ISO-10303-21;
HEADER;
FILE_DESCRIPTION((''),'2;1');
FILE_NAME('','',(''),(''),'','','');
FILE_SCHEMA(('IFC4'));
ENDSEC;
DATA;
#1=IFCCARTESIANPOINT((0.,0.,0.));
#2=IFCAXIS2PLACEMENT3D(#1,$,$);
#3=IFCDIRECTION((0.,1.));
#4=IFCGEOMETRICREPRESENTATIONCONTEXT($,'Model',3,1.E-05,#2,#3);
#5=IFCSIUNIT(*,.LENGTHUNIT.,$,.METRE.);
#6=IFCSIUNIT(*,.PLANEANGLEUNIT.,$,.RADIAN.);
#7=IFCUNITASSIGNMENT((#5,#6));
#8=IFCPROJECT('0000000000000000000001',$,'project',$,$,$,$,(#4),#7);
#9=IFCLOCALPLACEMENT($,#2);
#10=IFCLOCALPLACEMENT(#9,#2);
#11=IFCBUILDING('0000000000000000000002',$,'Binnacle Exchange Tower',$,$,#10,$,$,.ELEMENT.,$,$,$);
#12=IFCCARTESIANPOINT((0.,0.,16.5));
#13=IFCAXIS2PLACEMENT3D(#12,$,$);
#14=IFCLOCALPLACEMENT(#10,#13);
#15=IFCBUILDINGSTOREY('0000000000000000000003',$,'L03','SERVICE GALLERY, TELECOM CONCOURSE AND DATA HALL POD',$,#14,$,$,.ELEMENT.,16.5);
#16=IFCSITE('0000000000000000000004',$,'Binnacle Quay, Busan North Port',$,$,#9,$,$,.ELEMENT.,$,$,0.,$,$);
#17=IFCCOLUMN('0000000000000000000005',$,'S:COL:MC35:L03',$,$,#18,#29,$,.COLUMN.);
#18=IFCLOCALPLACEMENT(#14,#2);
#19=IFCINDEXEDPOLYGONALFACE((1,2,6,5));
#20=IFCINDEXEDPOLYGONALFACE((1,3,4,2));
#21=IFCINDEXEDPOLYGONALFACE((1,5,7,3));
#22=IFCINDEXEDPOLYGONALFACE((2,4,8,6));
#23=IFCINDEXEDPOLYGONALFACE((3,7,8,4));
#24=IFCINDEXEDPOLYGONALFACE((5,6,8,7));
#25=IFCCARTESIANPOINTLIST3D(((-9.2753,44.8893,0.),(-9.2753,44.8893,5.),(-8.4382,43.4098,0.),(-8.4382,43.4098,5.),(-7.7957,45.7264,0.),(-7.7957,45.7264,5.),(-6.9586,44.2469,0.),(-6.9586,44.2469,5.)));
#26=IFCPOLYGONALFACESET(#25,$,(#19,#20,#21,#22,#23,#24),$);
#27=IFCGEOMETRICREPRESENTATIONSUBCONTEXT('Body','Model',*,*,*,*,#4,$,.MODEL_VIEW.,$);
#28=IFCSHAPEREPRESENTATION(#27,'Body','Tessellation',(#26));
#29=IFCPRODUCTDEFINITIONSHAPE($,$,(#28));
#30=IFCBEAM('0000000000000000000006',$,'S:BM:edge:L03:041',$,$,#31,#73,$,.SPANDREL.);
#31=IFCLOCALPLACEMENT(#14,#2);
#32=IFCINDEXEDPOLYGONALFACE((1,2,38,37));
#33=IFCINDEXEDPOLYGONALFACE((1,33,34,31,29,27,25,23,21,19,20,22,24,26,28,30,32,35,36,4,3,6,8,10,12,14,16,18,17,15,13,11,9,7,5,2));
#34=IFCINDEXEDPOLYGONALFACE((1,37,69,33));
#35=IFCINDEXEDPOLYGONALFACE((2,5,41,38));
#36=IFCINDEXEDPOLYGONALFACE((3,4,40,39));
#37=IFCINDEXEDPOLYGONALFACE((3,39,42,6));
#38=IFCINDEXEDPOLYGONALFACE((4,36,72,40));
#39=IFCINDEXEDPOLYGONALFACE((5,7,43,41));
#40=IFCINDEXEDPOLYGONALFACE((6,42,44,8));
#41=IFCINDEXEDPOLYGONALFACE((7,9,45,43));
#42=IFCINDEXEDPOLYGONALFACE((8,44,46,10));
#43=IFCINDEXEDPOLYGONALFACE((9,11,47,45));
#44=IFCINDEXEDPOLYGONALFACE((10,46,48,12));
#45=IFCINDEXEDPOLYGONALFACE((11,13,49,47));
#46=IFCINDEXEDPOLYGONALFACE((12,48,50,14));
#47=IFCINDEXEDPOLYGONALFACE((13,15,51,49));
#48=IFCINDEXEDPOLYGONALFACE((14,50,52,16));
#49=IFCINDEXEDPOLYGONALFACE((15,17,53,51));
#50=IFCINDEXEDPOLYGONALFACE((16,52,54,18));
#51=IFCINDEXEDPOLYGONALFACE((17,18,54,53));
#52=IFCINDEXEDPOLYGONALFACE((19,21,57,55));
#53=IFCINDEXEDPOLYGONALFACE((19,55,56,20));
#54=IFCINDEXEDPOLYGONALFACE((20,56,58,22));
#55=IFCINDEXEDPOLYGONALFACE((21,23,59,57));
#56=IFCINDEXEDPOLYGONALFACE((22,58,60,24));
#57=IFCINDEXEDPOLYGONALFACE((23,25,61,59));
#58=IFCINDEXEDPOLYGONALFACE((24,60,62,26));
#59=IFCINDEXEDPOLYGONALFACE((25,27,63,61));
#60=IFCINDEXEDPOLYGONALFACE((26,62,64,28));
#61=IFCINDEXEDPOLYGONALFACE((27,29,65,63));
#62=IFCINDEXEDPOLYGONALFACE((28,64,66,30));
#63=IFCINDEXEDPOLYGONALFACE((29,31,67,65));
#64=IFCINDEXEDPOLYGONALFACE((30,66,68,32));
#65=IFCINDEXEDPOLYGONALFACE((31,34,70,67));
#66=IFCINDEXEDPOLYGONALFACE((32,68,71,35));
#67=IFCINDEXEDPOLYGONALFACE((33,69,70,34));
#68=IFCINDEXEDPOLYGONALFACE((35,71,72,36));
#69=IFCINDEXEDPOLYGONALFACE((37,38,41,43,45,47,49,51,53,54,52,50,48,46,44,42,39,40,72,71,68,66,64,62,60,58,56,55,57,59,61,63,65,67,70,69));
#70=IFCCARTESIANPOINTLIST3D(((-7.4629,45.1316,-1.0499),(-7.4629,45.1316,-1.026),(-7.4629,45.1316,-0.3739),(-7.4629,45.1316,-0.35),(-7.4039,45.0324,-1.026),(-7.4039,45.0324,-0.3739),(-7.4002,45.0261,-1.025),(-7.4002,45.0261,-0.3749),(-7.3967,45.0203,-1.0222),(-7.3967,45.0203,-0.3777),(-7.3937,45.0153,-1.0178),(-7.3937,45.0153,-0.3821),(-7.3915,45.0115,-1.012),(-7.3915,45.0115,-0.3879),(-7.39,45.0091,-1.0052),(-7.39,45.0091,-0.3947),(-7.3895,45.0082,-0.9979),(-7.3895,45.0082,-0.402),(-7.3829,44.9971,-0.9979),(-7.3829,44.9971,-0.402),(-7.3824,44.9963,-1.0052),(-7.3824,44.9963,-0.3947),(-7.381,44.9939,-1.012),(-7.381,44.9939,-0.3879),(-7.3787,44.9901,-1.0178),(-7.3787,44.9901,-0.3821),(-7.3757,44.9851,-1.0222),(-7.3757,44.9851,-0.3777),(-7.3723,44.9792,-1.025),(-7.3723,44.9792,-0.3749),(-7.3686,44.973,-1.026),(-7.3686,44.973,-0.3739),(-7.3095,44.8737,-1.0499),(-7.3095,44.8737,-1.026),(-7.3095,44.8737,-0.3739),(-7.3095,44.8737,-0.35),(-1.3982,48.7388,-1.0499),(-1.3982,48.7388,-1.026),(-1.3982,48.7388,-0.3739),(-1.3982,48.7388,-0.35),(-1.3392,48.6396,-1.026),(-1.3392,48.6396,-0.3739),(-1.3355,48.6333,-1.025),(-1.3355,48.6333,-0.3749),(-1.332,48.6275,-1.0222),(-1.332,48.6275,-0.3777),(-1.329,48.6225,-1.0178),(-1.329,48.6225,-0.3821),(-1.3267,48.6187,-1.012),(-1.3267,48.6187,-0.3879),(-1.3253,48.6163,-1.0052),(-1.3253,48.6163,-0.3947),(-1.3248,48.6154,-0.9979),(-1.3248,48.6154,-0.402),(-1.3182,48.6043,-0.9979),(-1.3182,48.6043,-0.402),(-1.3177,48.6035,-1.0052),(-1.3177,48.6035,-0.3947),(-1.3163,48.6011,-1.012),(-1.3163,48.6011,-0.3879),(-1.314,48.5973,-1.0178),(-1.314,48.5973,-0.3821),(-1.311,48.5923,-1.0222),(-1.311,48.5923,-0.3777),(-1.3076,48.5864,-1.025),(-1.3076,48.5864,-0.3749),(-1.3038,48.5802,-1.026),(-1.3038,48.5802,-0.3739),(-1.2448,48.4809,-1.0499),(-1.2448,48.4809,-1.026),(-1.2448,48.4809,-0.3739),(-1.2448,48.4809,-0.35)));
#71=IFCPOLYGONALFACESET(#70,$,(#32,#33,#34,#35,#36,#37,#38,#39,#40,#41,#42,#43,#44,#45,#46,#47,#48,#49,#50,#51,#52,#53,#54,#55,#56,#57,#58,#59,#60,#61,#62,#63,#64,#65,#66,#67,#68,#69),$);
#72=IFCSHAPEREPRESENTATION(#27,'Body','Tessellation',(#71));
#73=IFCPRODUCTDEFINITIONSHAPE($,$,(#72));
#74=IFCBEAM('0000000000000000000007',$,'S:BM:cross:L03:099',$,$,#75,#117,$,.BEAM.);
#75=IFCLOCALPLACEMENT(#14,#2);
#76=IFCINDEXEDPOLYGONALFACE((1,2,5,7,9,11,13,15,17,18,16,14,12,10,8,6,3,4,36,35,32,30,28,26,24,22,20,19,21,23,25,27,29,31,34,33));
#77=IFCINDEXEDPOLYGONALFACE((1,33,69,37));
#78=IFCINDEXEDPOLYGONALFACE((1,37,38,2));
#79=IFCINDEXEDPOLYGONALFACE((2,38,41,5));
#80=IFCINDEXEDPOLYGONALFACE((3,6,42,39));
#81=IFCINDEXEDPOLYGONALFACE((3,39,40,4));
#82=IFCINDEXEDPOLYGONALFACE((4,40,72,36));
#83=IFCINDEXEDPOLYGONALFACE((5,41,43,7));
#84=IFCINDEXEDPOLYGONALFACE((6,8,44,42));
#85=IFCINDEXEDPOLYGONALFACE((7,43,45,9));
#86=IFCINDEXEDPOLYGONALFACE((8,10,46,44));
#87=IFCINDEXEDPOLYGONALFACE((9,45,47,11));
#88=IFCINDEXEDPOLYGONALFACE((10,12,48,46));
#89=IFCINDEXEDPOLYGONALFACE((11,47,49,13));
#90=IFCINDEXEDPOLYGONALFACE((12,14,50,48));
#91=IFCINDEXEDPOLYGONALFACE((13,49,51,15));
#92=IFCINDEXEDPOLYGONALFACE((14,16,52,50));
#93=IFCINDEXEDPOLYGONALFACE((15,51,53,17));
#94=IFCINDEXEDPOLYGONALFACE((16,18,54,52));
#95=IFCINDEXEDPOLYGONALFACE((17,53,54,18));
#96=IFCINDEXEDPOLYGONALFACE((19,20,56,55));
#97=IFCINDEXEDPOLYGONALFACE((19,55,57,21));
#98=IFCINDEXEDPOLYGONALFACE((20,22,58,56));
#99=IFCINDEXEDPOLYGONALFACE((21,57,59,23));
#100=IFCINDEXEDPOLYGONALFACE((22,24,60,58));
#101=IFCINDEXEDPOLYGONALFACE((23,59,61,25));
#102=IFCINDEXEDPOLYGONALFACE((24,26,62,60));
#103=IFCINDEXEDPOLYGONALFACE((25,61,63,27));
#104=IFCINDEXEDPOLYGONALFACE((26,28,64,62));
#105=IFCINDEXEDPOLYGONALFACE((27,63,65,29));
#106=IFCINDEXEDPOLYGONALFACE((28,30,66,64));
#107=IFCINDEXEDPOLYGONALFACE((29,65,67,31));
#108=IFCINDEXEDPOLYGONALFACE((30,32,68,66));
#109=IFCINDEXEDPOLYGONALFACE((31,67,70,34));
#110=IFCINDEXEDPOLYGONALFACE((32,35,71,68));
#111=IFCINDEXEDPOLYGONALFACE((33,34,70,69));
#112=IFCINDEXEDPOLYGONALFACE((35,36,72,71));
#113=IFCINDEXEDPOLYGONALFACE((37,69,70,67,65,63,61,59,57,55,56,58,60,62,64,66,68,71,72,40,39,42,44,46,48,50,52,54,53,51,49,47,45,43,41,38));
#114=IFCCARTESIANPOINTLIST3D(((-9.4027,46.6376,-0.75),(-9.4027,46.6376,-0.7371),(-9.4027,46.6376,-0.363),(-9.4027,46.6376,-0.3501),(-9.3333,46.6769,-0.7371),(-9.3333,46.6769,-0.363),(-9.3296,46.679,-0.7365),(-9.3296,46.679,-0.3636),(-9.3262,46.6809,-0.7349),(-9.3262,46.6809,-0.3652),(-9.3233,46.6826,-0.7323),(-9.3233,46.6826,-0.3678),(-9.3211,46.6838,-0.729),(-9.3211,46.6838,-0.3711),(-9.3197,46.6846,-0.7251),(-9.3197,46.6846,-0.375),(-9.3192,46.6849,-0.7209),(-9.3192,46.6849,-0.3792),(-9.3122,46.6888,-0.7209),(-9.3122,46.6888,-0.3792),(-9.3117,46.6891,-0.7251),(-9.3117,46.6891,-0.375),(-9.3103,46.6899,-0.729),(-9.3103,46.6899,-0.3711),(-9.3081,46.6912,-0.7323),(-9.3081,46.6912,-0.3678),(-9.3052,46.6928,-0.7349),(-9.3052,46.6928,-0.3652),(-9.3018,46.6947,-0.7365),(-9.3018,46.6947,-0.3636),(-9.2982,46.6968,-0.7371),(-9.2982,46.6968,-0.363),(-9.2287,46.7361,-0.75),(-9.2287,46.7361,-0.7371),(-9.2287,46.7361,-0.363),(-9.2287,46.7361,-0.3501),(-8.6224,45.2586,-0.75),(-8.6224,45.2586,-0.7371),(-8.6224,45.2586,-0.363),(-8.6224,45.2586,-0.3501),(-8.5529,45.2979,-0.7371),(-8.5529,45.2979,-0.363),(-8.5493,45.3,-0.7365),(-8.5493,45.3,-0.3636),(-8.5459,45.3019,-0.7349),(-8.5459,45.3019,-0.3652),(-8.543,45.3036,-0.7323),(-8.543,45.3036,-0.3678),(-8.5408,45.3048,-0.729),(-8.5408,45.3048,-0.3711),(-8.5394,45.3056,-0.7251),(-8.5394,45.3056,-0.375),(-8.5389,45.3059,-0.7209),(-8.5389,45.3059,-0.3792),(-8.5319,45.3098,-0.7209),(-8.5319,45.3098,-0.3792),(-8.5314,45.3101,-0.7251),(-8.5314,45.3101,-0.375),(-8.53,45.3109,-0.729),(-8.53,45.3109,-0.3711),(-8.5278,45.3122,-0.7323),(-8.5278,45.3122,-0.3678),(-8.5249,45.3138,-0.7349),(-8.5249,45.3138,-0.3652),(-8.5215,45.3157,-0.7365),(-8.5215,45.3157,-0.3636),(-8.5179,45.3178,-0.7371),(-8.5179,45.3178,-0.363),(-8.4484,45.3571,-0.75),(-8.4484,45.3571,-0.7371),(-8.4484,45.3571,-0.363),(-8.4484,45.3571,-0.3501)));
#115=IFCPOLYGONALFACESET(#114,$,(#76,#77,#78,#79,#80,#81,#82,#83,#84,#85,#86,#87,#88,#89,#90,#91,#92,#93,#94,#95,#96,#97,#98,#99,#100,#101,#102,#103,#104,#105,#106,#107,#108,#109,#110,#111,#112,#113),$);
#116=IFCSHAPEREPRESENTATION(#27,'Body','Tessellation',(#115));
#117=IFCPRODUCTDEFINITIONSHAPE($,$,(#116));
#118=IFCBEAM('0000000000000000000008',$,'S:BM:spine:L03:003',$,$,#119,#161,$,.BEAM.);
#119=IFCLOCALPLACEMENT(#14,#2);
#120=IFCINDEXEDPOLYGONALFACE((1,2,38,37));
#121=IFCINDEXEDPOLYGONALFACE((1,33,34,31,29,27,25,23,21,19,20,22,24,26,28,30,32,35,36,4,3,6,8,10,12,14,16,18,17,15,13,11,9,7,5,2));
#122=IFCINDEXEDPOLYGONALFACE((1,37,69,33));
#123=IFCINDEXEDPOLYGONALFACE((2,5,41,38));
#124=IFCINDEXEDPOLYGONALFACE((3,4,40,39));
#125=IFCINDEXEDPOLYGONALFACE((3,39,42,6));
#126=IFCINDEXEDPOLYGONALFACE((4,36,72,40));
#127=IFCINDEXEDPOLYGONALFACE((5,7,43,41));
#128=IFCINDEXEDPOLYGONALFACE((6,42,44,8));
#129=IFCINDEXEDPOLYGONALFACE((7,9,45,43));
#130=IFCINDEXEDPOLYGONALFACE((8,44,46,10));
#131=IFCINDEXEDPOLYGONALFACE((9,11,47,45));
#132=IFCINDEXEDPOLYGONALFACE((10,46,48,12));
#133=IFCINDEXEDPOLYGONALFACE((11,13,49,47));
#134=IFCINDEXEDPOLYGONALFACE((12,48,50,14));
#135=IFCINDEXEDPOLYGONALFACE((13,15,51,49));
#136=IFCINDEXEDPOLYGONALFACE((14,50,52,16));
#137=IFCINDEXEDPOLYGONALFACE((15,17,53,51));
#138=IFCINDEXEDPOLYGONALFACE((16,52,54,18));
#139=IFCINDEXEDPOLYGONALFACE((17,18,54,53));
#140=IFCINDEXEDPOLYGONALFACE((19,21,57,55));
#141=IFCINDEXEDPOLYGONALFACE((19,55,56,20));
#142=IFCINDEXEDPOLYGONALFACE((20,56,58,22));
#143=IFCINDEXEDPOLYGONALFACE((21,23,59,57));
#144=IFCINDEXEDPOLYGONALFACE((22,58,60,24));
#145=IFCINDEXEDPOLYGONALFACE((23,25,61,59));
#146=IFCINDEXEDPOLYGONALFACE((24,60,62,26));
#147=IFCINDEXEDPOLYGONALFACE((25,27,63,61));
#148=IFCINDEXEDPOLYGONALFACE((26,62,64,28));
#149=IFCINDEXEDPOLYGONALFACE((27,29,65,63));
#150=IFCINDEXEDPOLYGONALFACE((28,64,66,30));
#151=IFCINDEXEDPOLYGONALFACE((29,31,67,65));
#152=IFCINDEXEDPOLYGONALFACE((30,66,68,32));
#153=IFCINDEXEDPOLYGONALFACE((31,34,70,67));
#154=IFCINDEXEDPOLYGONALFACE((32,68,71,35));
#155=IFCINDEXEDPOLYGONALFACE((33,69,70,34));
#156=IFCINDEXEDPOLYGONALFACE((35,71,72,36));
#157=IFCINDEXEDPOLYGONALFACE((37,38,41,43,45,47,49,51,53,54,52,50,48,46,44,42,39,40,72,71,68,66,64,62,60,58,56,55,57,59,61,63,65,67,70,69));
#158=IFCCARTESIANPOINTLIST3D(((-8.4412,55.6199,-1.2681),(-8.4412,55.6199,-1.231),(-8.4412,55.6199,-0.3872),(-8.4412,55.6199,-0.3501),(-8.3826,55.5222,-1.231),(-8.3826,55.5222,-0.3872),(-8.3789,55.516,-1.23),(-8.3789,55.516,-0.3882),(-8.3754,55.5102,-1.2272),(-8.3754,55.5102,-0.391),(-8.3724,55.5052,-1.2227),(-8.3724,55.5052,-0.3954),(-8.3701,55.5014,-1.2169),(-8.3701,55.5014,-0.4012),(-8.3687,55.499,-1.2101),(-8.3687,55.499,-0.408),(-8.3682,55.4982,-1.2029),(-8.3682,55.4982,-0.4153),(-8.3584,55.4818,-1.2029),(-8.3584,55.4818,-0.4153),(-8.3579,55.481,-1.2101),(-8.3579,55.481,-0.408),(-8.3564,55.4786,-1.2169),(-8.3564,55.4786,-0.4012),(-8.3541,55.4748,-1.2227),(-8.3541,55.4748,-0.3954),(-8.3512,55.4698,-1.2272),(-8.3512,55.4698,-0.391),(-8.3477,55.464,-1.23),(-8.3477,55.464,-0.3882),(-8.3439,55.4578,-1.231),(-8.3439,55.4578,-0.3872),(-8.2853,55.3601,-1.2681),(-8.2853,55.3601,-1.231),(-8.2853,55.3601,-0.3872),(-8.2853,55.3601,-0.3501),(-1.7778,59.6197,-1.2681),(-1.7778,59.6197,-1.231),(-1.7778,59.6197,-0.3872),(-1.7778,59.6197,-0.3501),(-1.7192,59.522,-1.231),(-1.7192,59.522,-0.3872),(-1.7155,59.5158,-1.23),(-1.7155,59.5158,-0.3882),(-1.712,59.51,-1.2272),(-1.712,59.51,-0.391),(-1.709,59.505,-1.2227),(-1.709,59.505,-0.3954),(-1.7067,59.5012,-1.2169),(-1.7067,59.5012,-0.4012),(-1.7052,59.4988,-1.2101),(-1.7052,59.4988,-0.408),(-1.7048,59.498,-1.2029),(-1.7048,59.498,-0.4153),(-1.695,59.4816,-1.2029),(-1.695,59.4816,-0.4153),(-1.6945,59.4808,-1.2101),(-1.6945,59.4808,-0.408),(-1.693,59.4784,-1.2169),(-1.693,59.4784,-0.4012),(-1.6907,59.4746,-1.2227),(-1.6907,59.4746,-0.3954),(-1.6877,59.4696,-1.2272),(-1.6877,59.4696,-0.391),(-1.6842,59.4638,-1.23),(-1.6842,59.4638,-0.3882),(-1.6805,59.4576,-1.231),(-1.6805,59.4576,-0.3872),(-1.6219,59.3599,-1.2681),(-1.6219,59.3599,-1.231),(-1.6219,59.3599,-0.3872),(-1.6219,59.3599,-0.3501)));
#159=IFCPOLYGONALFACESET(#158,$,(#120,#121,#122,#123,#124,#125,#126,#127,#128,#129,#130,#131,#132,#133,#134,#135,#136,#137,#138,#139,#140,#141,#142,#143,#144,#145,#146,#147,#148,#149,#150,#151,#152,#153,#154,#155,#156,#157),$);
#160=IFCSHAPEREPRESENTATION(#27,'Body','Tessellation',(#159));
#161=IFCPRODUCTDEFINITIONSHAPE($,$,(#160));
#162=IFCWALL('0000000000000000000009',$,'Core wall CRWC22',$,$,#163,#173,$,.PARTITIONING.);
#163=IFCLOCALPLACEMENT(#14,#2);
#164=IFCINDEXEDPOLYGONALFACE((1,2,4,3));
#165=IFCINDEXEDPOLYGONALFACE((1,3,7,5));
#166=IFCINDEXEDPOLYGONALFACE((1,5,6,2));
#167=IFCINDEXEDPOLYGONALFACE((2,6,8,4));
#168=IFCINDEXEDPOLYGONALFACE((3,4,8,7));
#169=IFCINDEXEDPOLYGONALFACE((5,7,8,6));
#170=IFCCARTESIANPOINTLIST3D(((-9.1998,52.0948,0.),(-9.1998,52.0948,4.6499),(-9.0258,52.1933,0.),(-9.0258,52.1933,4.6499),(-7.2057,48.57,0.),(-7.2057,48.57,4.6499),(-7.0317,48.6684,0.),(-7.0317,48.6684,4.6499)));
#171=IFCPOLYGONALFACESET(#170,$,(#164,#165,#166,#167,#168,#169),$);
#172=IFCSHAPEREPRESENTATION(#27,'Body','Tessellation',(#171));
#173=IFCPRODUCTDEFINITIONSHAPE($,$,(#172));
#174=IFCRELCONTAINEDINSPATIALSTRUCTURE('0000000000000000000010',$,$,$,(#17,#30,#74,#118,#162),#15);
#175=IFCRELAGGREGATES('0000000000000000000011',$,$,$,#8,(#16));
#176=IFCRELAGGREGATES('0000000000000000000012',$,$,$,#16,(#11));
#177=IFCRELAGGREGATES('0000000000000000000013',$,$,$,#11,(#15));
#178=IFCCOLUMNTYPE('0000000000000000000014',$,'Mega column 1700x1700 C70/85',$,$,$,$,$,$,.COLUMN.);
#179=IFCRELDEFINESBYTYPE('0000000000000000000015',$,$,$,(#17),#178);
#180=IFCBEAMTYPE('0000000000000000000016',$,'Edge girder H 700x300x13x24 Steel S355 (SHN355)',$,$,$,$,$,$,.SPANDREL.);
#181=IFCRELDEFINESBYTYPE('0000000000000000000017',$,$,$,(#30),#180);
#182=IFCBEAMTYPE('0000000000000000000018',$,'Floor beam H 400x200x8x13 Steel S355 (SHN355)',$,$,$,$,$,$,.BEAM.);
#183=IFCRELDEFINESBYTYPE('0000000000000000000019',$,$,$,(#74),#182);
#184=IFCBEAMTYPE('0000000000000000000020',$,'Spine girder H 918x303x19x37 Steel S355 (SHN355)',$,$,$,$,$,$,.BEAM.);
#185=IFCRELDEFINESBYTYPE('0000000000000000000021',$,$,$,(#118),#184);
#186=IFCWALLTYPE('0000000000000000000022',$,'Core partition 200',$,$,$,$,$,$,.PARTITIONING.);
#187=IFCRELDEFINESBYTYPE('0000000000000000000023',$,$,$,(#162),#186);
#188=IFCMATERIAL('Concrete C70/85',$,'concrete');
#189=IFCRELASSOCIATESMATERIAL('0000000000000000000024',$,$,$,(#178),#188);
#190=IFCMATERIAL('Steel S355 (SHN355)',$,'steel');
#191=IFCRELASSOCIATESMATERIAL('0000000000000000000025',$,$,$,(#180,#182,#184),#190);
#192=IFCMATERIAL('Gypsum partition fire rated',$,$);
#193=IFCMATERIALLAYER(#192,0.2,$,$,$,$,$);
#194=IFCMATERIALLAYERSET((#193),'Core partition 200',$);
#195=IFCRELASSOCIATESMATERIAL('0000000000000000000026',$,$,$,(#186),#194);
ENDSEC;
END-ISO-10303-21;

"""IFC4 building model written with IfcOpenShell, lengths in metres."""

from ifc_helpers import new_model, si_unit, direction, frame, frame_2d, origin, origin_2d, place, context, subcontext, project, spatial, rectangle, i_section, extrude, material, layer, layer_set, material_profile, profile_set, type_object, element, save


model = new_model("IFC4")

# Units and contexts
model_context = context("Model", 3, precision=1e-05, world=origin(), true_north=direction((0.0, 1.0)))
body_context = subcontext(model_context, "Body", "Model", "MODEL_VIEW")
ifc_project = project(units=[si_unit("LENGTHUNIT", "METRE"), si_unit("PLANEANGLEUNIT", "RADIAN")], contexts=[model_context])

# Site, building, storey
site_placement = place(None, origin())
site = spatial("IfcSite", under=ifc_project, at=site_placement, Name="Binnacle Quay, Busan North Port", CompositionType="ELEMENT", RefElevation=0.0)
building_placement = place(site_placement, origin())
building = spatial("IfcBuilding", under=site, at=building_placement, Name="Binnacle Exchange Tower", CompositionType="ELEMENT")
storey_placement = place(building_placement, frame((0.0, 0.0, 16.5)))
storey = spatial("IfcBuildingStorey", under=building, at=storey_placement, Name="L03", Description="SERVICE GALLERY, TELECOM CONCOURSE AND DATA HALL POD", CompositionType="ELEMENT", Elevation=16.5)

# Column
ifc_material_1 = material(Name="Concrete C70/85", Category="concrete")
ifc_material_profile_1 = material_profile(ifc_material_1, rectangle(XDim=1.7, YDim=1.7, at=origin_2d()), Name="Mega column 1700x1700 C70/85")
ifc_profile_set_1 = profile_set([ifc_material_profile_1], Name="Concrete C70/85")
column_type = type_object("IfcColumnType", Name="Mega column 1700x1700 C70/85", PredefinedType="COLUMN", material=ifc_profile_set_1)
column_placement = place(storey_placement, frame((-8.1169, 44.5681, 0.0), z_axis=(0.0, 0.0, 1.0), x_axis=(0.870356, 0.492424, 0.0)))
element("IfcColumn", 1, at=column_placement, inside=storey, type_object=column_type, Name="S:COL:MC35:L03", PredefinedType="COLUMN", context=body_context, shape_type="SweptSolid", body=[
    extrude(rectangle(XDim=1.7, YDim=1.7, at=origin_2d()), origin(), (0.0, 0.0, 1.0), 5.0),
])

# Beams
ifc_material_2 = material(Name="Steel S355 (SHN355)", Category="steel")
ifc_material_profile_2 = material_profile(ifc_material_2, i_section(OverallWidth=0.3, OverallDepth=0.7, WebThickness=0.0129, FlangeThickness=0.0239, FilletRadius=0.0281, at=origin_2d()), Name="H 700x300x13x24")
ifc_profile_set_2 = profile_set([ifc_material_profile_2], Name="Steel S355 (SHN355)")
beam_type_1 = type_object("IfcBeamType", Name="Edge girder H 700x300x13x24 Steel S355 (SHN355)", PredefinedType="SPANDREL", material=ifc_profile_set_2)
beam_1_placement = place(storey_placement, frame((-7.3862, 45.0027, -0.7), z_axis=(0.859465, 0.511195, 0.0), x_axis=(-0.511195, 0.859465, 0.0)))
element("IfcBeam", 2, at=beam_1_placement, inside=storey, type_object=beam_type_1, Name="S:BM:edge:L03:041", PredefinedType="SPANDREL", context=body_context, shape_type="SweptSolid", body=[
    extrude(i_section(OverallWidth=0.3, OverallDepth=0.7, WebThickness=0.0129, FlangeThickness=0.0239, FilletRadius=0.0281, at=origin_2d()), origin(), (0.0, 0.0, 1.0), 7.0564),
])
ifc_material_profile_3 = material_profile(ifc_material_2, i_section(OverallWidth=0.2, OverallDepth=0.3999, WebThickness=0.0081, FlangeThickness=0.0129, FilletRadius=0.0161, at=origin_2d()), Name="H 400x200x8x13")
ifc_profile_set_3 = profile_set([ifc_material_profile_3], Name="Steel S355 (SHN355)")
beam_type_2 = type_object("IfcBeamType", Name="Floor beam H 400x200x8x13 Steel S355 (SHN355)", PredefinedType="BEAM", material=ifc_profile_set_3)
beam_2_placement = place(storey_placement, frame((-8.5354, 45.3079, -0.55), z_axis=(-0.492484, 0.870322, 0.0), x_axis=(-0.870322, -0.492484, 0.0)))
element("IfcBeam", 3, at=beam_2_placement, inside=storey, type_object=beam_type_2, Name="S:BM:cross:L03:099", PredefinedType="BEAM", context=body_context, shape_type="SweptSolid", body=[
    extrude(i_section(OverallWidth=0.2, OverallDepth=0.3999, WebThickness=0.0081, FlangeThickness=0.0129, FilletRadius=0.0161, at=origin_2d()), origin(), (0.0, 0.0, 1.0), 1.5845),
])
ifc_material_profile_4 = material_profile(ifc_material_2, i_section(OverallWidth=0.303, OverallDepth=0.918, WebThickness=0.019, FlangeThickness=0.0371, FilletRadius=0.0281, at=origin_2d()), Name="H 918x303x19x37")
ifc_profile_set_4 = profile_set([ifc_material_profile_4], Name="Steel S355 (SHN355)")
beam_type_3 = type_object("IfcBeamType", Name="Spine girder H 918x303x19x37 Steel S355 (SHN355)", PredefinedType="BEAM", material=ifc_profile_set_4)
beam_3_placement = place(storey_placement, frame((-8.3633, 55.49, -0.8091), z_axis=(0.857393, 0.514662, 0.0), x_axis=(-0.514662, 0.857393, 0.0)))
element("IfcBeam", 4, at=beam_3_placement, inside=storey, type_object=beam_type_3, Name="S:BM:spine:L03:003", PredefinedType="BEAM", context=body_context, shape_type="SweptSolid", body=[
    extrude(i_section(OverallWidth=0.303, OverallDepth=0.918, WebThickness=0.019, FlangeThickness=0.0371, FilletRadius=0.0281, at=origin_2d()), origin(), (0.0, 0.0, 1.0), 7.7717),
])

# Wall
ifc_material_3 = material(Name="Gypsum partition fire rated")
ifc_layer_1 = layer(ifc_material_3, 0.2)
ifc_layer_set_1 = layer_set([ifc_layer_1], Name="Core partition 200")
wall_type_1 = type_object("IfcWallType", Name="Core partition 200", PredefinedType="PARTITIONING", material=ifc_layer_set_1)
wall_1_placement = place(storey_placement, frame((-9.1128, 52.144, 0.0), z_axis=(0.0, 0.0, 1.0), x_axis=(0.492395, -0.870372, 0.0)))
element("IfcWall", 5, at=wall_1_placement, inside=storey, type_object=wall_type_1, Name="Core wall CRWC22", PredefinedType="PARTITIONING", context=body_context, shape_type="SweptSolid", body=[
    extrude(rectangle(XDim=4.0498, YDim=0.2, at=frame_2d((2.0249, 0.0))), origin(), (0.0, 0.0, 1.0), 4.6499),
])

save(model, "model.ifc")
